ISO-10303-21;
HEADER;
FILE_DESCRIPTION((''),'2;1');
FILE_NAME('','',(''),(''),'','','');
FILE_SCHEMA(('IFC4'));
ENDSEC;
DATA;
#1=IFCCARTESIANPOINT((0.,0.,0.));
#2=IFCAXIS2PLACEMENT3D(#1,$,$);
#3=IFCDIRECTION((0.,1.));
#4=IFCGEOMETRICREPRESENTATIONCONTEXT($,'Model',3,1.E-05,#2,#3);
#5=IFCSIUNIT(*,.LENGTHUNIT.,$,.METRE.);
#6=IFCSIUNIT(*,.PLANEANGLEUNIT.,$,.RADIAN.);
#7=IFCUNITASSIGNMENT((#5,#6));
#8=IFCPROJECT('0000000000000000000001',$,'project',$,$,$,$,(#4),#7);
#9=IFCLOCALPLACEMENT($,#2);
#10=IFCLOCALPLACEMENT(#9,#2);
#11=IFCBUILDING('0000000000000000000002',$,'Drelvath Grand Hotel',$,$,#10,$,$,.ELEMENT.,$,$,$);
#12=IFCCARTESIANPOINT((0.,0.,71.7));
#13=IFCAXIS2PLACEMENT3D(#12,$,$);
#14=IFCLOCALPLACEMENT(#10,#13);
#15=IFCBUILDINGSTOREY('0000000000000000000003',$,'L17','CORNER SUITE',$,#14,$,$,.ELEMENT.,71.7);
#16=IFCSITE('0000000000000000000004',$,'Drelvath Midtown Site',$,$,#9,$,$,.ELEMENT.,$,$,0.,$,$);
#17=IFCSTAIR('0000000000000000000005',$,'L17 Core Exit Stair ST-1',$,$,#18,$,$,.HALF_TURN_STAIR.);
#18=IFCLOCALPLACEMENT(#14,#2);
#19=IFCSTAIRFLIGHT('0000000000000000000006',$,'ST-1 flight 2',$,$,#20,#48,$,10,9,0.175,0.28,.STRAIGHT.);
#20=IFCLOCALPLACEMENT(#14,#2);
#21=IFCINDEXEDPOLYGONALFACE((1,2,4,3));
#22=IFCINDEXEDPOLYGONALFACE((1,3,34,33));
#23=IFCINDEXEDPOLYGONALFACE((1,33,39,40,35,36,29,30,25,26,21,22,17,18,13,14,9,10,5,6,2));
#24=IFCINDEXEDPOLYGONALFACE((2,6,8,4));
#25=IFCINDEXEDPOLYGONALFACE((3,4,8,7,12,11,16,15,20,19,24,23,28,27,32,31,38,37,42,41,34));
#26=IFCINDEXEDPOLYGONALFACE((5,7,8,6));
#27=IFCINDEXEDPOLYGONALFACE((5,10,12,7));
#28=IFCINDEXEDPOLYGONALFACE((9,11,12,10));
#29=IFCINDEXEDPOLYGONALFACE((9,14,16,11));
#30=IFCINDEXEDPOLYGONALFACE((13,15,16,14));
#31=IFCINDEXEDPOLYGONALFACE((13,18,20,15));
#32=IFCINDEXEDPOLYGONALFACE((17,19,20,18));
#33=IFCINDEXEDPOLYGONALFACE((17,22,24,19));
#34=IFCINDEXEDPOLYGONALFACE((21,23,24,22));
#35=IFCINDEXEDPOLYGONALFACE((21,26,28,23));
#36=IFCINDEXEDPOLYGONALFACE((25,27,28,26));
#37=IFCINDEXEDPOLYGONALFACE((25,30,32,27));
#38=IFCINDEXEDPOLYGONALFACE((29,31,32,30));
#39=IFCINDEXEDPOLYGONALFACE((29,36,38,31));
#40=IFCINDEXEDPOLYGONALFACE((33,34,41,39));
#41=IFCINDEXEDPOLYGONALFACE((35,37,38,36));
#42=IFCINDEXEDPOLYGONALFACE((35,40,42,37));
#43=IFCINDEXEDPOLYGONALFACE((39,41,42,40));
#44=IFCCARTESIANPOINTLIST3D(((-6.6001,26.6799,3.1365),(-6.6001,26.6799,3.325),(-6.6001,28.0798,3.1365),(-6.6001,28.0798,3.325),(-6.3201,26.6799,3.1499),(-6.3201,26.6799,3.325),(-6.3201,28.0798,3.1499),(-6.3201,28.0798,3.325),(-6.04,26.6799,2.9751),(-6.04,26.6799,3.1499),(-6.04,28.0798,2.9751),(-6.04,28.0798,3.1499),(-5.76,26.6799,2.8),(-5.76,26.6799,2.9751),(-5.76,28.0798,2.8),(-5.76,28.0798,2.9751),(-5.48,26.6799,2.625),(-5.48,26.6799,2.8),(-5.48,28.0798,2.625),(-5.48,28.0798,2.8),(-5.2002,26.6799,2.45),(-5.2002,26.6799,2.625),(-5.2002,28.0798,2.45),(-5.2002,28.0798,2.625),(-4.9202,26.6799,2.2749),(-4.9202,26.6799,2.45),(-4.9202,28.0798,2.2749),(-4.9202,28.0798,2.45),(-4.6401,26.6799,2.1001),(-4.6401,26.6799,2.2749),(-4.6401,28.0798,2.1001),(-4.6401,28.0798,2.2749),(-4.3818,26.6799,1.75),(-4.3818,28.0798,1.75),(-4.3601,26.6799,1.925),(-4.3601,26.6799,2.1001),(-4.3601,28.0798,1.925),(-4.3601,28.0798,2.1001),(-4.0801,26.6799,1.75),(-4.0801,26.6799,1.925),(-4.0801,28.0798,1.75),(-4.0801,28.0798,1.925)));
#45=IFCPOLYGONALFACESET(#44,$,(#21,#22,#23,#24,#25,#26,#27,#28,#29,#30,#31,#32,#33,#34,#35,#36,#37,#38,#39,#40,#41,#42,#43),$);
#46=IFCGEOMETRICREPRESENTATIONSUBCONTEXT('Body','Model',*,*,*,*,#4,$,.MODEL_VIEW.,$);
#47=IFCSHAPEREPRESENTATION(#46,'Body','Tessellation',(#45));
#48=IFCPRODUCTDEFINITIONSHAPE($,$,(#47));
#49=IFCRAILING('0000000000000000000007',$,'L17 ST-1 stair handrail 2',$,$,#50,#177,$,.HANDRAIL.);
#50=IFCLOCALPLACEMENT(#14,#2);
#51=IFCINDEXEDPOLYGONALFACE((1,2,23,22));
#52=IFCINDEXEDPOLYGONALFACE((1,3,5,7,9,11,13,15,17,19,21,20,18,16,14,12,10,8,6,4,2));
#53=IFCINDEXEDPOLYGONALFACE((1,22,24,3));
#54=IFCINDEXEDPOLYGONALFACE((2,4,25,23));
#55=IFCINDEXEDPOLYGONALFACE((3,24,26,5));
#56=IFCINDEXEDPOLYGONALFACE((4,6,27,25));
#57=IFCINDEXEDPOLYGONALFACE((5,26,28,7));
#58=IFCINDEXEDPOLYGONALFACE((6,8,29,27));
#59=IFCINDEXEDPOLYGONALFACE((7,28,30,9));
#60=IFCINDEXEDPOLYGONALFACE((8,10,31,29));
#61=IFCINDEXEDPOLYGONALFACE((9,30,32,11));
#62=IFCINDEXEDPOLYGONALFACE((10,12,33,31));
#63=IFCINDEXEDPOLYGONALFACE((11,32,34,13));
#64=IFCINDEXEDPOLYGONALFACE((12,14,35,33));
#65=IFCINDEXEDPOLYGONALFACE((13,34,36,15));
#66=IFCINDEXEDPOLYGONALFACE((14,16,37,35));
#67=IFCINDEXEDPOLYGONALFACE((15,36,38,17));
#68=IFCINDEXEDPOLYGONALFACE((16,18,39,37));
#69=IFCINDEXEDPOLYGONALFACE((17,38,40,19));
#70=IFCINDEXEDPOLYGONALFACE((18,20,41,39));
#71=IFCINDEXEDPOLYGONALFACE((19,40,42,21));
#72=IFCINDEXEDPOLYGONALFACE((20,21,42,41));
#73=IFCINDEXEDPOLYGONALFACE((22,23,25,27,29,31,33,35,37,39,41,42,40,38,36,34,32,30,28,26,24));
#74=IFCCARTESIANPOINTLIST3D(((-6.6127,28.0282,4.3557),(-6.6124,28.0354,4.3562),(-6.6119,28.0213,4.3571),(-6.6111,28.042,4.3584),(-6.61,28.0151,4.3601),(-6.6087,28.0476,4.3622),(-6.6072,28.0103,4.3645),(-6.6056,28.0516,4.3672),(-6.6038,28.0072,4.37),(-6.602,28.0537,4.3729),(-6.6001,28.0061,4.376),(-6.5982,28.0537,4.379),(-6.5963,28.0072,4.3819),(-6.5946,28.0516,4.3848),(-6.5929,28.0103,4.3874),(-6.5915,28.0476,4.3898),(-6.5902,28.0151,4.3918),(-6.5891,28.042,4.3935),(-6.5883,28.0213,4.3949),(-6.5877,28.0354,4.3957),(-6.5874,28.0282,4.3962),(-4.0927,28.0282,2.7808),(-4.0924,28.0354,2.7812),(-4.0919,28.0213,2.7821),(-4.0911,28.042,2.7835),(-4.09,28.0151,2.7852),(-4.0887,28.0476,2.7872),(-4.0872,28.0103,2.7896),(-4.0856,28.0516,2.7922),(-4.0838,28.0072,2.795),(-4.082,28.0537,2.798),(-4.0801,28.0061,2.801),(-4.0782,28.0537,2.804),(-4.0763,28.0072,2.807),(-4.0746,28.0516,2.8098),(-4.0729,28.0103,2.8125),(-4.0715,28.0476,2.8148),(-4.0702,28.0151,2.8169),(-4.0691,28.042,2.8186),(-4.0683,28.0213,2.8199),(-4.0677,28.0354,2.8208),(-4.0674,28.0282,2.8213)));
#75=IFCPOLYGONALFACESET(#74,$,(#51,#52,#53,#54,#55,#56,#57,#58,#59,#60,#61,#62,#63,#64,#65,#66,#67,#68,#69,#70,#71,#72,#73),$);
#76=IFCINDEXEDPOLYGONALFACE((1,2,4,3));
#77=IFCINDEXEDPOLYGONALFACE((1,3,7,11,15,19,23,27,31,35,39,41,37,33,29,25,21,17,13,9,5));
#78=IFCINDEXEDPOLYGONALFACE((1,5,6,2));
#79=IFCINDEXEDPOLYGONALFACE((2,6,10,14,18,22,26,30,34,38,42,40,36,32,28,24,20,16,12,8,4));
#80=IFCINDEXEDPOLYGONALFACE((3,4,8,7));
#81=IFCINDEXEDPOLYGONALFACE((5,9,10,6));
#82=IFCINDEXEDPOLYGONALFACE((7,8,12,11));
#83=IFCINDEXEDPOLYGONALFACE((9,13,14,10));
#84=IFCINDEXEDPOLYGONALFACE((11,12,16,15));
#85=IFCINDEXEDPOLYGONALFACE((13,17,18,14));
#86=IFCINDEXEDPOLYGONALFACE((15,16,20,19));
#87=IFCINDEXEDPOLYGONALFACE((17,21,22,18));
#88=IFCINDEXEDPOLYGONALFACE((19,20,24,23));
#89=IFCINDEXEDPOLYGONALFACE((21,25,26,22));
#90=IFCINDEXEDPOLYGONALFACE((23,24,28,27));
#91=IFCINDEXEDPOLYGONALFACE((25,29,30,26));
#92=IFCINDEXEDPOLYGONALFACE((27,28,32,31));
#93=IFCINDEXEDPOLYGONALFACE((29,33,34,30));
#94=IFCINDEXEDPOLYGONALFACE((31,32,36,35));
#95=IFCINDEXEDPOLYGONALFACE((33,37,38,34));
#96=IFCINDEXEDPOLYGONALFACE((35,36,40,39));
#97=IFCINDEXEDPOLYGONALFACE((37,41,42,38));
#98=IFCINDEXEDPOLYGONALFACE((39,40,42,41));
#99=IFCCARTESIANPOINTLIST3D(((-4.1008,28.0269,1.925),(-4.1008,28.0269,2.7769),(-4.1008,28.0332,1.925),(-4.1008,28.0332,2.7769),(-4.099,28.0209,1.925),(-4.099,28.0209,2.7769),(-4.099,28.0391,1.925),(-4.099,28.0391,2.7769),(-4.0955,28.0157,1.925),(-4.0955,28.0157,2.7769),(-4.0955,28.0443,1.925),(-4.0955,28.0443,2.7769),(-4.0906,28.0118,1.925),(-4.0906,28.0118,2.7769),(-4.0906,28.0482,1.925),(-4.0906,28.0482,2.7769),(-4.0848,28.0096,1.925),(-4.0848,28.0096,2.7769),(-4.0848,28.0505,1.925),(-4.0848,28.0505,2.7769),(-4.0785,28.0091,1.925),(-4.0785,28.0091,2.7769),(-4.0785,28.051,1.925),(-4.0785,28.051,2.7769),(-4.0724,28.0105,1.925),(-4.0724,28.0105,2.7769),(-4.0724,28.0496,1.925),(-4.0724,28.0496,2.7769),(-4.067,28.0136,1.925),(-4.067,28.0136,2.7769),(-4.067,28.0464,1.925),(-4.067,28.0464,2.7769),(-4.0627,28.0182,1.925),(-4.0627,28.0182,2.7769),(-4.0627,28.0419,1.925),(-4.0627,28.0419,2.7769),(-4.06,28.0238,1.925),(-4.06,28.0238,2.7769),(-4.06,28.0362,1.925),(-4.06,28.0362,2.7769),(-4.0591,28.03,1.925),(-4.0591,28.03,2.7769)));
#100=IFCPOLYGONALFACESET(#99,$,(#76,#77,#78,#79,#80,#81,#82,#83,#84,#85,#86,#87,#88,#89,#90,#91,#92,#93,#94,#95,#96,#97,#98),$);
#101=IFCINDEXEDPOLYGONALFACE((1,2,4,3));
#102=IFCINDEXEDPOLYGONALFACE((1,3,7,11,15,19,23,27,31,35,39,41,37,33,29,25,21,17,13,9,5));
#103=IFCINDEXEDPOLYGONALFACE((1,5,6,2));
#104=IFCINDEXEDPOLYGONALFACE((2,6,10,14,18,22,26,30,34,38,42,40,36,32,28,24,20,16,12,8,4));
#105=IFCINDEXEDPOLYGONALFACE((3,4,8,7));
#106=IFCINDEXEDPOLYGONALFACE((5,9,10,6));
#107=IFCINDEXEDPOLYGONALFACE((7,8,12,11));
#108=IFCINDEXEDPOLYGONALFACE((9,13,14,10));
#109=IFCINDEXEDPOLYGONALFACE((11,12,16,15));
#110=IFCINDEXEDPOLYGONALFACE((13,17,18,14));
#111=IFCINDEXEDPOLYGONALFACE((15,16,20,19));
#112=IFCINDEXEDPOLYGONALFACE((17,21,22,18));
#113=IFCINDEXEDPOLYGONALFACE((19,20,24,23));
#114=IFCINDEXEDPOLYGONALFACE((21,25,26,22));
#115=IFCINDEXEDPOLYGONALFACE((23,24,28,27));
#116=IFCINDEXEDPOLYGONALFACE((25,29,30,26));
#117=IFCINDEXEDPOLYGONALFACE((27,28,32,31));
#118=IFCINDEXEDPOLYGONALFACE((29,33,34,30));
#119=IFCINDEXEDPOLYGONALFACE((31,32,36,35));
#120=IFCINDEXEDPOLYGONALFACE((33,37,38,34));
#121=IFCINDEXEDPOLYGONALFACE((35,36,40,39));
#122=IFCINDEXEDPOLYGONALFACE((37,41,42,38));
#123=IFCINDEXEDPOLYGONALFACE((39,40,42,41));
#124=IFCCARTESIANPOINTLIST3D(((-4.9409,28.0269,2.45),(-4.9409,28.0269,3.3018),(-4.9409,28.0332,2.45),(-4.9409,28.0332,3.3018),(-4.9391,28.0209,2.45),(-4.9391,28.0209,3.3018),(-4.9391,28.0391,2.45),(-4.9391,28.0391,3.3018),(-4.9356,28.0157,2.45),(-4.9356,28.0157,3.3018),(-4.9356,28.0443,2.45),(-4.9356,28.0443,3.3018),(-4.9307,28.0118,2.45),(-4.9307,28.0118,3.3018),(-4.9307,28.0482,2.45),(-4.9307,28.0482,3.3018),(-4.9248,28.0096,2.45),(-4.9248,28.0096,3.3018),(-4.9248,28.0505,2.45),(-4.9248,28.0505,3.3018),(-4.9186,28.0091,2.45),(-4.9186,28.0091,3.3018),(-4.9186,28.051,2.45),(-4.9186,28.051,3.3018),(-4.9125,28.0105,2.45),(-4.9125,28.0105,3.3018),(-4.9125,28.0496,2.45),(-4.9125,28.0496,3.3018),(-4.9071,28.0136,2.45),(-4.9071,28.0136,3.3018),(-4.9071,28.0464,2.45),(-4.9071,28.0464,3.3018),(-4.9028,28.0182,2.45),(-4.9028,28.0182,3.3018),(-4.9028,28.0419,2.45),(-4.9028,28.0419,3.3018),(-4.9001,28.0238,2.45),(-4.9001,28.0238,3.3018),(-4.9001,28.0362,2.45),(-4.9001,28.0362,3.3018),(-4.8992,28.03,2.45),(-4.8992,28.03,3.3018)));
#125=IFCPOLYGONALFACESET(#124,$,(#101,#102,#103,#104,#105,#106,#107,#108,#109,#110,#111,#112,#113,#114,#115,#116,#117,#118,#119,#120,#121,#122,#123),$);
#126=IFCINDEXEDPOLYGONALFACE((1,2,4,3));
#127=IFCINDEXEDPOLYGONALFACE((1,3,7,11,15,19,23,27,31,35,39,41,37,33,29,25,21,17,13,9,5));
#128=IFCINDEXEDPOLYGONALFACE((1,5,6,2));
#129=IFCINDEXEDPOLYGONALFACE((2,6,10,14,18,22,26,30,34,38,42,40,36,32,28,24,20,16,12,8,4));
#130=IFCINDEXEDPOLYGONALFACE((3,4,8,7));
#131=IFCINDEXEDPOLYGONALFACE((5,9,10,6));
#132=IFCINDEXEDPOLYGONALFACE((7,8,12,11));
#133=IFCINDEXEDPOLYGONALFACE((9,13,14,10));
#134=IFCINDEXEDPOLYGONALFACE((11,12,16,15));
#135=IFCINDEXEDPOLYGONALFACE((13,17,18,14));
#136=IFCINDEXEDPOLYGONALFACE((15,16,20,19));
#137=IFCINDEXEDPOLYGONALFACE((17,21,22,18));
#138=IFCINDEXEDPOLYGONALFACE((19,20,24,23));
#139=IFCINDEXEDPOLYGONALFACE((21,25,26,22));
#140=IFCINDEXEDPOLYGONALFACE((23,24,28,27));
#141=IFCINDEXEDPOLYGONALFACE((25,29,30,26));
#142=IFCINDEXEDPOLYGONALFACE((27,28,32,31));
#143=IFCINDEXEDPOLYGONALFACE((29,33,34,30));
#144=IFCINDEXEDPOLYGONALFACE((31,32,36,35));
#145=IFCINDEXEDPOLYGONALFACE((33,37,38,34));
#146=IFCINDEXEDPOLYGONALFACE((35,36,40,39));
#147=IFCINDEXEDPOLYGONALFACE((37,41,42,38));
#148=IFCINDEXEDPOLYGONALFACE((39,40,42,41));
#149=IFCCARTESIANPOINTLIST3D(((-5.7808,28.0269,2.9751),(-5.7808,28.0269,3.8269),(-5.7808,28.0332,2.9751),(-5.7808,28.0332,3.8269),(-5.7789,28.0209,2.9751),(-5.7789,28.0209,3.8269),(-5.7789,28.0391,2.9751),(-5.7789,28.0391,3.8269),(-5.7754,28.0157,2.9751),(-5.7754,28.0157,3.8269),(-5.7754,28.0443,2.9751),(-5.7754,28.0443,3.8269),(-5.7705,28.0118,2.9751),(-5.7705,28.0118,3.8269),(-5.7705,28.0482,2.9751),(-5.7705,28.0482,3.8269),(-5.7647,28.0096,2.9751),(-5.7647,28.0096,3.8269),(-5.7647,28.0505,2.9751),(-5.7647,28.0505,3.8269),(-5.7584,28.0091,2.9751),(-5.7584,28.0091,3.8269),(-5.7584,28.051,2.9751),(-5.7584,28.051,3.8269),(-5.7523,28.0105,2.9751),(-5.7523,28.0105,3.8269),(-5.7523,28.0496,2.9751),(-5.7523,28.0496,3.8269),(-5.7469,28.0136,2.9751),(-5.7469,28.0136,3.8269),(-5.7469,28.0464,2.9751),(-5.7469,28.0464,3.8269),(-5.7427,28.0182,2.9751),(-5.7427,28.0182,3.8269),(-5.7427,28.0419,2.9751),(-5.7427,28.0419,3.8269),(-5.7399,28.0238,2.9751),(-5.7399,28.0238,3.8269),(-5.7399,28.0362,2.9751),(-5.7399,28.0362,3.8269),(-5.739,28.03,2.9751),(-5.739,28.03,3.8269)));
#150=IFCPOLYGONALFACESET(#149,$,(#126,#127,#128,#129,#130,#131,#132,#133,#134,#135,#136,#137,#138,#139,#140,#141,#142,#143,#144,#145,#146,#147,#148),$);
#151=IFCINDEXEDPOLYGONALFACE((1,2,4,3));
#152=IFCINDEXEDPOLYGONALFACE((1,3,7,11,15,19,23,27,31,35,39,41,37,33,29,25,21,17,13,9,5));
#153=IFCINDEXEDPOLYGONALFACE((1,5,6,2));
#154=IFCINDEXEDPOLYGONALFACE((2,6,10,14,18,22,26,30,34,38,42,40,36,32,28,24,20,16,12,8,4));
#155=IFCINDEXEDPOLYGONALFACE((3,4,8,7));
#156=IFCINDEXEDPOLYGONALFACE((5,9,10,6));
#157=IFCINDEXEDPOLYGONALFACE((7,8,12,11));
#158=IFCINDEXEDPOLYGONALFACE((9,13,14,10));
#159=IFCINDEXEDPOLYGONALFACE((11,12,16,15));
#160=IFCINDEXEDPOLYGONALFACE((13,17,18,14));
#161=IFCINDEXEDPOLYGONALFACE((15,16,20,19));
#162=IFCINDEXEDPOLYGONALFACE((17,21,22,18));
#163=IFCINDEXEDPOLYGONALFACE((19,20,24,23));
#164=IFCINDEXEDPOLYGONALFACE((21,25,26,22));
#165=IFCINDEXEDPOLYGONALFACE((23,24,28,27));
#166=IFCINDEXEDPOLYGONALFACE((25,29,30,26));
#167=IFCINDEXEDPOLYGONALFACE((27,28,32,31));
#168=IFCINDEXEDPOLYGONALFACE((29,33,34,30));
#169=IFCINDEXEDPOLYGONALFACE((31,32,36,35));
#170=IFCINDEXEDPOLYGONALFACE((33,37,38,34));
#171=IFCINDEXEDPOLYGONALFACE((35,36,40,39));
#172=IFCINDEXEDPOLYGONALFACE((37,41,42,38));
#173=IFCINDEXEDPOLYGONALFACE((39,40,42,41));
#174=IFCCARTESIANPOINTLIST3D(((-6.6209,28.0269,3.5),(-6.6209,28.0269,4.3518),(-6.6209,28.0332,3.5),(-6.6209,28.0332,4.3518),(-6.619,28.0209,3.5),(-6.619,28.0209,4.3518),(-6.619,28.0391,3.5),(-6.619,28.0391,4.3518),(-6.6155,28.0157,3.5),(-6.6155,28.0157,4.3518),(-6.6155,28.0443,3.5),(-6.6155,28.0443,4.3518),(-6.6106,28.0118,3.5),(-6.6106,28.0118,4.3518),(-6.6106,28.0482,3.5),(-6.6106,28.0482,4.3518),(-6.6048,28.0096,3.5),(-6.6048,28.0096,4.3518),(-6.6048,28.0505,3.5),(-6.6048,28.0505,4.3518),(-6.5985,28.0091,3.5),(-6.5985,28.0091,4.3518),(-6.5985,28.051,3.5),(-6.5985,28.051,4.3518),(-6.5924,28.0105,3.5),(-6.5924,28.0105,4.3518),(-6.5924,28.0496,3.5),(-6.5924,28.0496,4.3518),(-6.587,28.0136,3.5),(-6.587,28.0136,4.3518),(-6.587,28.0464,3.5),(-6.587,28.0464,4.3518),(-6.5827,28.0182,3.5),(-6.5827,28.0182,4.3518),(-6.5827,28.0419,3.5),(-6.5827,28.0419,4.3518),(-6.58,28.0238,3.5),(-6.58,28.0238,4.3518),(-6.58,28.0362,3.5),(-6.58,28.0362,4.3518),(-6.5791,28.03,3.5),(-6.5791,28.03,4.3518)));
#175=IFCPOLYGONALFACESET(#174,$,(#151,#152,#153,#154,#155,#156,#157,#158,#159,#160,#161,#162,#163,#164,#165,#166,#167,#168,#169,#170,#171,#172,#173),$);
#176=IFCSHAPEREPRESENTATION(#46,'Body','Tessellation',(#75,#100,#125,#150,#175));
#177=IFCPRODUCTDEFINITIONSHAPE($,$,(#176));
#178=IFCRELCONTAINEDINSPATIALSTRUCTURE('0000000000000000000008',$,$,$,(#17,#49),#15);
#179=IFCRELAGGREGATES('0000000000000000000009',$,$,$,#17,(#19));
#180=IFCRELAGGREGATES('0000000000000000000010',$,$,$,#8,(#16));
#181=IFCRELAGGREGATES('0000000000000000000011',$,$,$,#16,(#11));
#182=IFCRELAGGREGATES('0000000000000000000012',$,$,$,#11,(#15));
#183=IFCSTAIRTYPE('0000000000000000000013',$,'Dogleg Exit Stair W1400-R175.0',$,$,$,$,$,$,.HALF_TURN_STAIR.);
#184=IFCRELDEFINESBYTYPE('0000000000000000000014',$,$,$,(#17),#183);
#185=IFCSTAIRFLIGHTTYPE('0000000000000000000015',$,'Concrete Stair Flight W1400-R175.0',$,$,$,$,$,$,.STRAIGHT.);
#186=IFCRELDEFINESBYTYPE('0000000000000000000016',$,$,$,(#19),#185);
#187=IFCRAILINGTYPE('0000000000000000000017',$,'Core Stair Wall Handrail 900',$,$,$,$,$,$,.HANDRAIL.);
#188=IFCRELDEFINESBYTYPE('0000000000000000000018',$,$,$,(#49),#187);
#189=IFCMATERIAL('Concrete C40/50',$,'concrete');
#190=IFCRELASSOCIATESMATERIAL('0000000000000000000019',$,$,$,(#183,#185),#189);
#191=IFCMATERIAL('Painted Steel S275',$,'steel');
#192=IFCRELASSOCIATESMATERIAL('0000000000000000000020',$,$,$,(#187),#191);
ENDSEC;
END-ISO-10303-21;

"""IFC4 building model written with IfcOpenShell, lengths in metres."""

from ifc_helpers import new_model, si_unit, direction, frame, origin, origin_2d, place, context, subcontext, project, spatial, polyline, circle, outline, extrude, material, type_object, element, aggregate, save


model = new_model("IFC4")

# Units and contexts
model_context = context("Model", 3, precision=1e-05, world=origin(), true_north=direction((0.0, 1.0)))
body_context = subcontext(model_context, "Body", "Model", "MODEL_VIEW")
ifc_project = project(units=[si_unit("LENGTHUNIT", "METRE"), si_unit("PLANEANGLEUNIT", "RADIAN")], contexts=[model_context])

# Site, building, storey
site_placement = place(None, origin())
site = spatial("IfcSite", under=ifc_project, at=site_placement, Name="Drelvath Midtown Site", CompositionType="ELEMENT", RefElevation=0.0)
building_placement = place(site_placement, origin())
building = spatial("IfcBuilding", under=site, at=building_placement, Name="Drelvath Grand Hotel", CompositionType="ELEMENT")
storey_placement = place(building_placement, frame((0.0, 0.0, 71.7)))
storey = spatial("IfcBuildingStorey", under=building, at=storey_placement, Name="L17", Description="CORNER SUITE", CompositionType="ELEMENT", Elevation=71.7)

# Shared definitions
ifc_material_1 = material(Name="Painted Steel S275", Category="steel")

# Shared definitions
ifc_material_2 = material(Name="Concrete C40/50", Category="concrete")

# Stair, stair flight
stair_type = type_object("IfcStairType", Name="Dogleg Exit Stair W1400-R175.0", PredefinedType="HALF_TURN_STAIR", material=ifc_material_2)
stair_placement = place(storey_placement, origin())
stair = element("IfcStair", 1, at=stair_placement, inside=storey, type_object=stair_type, Name="L17 Core Exit Stair ST-1", PredefinedType="HALF_TURN_STAIR")
stair_flight_type = type_object("IfcStairFlightType", Name="Concrete Stair Flight W1400-R175.0", PredefinedType="STRAIGHT", material=ifc_material_2)
stair_flight_placement = place(storey_placement, frame((-4.0801, 27.3799, 1.75), z_axis=(0.0, 0.0, 1.0), x_axis=(-1.0, 0.0, 0.0)))
stair_flight = element("IfcStairFlight", 2, at=stair_flight_placement, type_object=stair_flight_type, Name="ST-1 flight 2", NumberOfRisers=10, NumberOfTreads=9, PredefinedType="STRAIGHT", RiserHeight=0.175, TreadLength=0.28, context=body_context, shape_type="SweptSolid", body=[
    extrude(outline(polyline([(0.0, 0.0), (0.0, 0.175), (0.28, 0.175), (0.28, 0.3501), (0.5601, 0.3501), (0.5601, 0.5249), (0.8401, 0.5249), (0.8401, 0.7), (1.1201, 0.7), (1.1201, 0.875), (1.3999, 0.875), (1.3999, 1.05), (1.6799, 1.05), (1.6799, 1.2251), (1.96, 1.2251), (1.96, 1.3999), (2.24, 1.3999), (2.24, 1.575), (2.52, 1.575), (2.52, 1.75), (2.52, 1.3865), (0.3018, 0.0), (0.0, 0.0)])), frame((0.0, 0.7, 0.0), z_axis=(0.0, -1.0, 0.0), x_axis=(1.0, 0.0, 0.0)), (0.0, 0.0, 1.0), 1.3999),
])
aggregate(stair, [stair_flight])

# Railing
railing_type = type_object("IfcRailingType", Name="Core Stair Wall Handrail 900", PredefinedType="HANDRAIL", material=ifc_material_1)
railing_placement = place(storey_placement, frame((-4.0801, 28.03, 1.925)))
element("IfcRailing", 3, at=railing_placement, inside=storey, type_object=railing_type, Name="L17 ST-1 stair handrail 2", PredefinedType="HANDRAIL", context=body_context, shape_type="SweptSolid", body=[
    extrude(circle(Radius=0.0239, at=origin_2d()), frame((0.0, 0.0, 0.876), z_axis=(-0.848008, 0.0, 0.529984), x_axis=(0.0, -1.0, 0.0)), (0.0, 0.0, 1.0), 2.9717),
    extrude(circle(Radius=0.021, at=origin_2d()), origin(), (0.0, 0.0, 1.0), 0.8518),
    extrude(circle(Radius=0.021, at=origin_2d()), frame((-0.8401, 0.0, 0.5249)), (0.0, 0.0, 1.0), 0.8518),
    extrude(circle(Radius=0.021, at=origin_2d()), frame((-1.6799, 0.0, 1.05)), (0.0, 0.0, 1.0), 0.8518),
    extrude(circle(Radius=0.021, at=origin_2d()), frame((-2.52, 0.0, 1.575)), (0.0, 0.0, 1.0), 0.8518),
])

save(model, "model.ifc")
